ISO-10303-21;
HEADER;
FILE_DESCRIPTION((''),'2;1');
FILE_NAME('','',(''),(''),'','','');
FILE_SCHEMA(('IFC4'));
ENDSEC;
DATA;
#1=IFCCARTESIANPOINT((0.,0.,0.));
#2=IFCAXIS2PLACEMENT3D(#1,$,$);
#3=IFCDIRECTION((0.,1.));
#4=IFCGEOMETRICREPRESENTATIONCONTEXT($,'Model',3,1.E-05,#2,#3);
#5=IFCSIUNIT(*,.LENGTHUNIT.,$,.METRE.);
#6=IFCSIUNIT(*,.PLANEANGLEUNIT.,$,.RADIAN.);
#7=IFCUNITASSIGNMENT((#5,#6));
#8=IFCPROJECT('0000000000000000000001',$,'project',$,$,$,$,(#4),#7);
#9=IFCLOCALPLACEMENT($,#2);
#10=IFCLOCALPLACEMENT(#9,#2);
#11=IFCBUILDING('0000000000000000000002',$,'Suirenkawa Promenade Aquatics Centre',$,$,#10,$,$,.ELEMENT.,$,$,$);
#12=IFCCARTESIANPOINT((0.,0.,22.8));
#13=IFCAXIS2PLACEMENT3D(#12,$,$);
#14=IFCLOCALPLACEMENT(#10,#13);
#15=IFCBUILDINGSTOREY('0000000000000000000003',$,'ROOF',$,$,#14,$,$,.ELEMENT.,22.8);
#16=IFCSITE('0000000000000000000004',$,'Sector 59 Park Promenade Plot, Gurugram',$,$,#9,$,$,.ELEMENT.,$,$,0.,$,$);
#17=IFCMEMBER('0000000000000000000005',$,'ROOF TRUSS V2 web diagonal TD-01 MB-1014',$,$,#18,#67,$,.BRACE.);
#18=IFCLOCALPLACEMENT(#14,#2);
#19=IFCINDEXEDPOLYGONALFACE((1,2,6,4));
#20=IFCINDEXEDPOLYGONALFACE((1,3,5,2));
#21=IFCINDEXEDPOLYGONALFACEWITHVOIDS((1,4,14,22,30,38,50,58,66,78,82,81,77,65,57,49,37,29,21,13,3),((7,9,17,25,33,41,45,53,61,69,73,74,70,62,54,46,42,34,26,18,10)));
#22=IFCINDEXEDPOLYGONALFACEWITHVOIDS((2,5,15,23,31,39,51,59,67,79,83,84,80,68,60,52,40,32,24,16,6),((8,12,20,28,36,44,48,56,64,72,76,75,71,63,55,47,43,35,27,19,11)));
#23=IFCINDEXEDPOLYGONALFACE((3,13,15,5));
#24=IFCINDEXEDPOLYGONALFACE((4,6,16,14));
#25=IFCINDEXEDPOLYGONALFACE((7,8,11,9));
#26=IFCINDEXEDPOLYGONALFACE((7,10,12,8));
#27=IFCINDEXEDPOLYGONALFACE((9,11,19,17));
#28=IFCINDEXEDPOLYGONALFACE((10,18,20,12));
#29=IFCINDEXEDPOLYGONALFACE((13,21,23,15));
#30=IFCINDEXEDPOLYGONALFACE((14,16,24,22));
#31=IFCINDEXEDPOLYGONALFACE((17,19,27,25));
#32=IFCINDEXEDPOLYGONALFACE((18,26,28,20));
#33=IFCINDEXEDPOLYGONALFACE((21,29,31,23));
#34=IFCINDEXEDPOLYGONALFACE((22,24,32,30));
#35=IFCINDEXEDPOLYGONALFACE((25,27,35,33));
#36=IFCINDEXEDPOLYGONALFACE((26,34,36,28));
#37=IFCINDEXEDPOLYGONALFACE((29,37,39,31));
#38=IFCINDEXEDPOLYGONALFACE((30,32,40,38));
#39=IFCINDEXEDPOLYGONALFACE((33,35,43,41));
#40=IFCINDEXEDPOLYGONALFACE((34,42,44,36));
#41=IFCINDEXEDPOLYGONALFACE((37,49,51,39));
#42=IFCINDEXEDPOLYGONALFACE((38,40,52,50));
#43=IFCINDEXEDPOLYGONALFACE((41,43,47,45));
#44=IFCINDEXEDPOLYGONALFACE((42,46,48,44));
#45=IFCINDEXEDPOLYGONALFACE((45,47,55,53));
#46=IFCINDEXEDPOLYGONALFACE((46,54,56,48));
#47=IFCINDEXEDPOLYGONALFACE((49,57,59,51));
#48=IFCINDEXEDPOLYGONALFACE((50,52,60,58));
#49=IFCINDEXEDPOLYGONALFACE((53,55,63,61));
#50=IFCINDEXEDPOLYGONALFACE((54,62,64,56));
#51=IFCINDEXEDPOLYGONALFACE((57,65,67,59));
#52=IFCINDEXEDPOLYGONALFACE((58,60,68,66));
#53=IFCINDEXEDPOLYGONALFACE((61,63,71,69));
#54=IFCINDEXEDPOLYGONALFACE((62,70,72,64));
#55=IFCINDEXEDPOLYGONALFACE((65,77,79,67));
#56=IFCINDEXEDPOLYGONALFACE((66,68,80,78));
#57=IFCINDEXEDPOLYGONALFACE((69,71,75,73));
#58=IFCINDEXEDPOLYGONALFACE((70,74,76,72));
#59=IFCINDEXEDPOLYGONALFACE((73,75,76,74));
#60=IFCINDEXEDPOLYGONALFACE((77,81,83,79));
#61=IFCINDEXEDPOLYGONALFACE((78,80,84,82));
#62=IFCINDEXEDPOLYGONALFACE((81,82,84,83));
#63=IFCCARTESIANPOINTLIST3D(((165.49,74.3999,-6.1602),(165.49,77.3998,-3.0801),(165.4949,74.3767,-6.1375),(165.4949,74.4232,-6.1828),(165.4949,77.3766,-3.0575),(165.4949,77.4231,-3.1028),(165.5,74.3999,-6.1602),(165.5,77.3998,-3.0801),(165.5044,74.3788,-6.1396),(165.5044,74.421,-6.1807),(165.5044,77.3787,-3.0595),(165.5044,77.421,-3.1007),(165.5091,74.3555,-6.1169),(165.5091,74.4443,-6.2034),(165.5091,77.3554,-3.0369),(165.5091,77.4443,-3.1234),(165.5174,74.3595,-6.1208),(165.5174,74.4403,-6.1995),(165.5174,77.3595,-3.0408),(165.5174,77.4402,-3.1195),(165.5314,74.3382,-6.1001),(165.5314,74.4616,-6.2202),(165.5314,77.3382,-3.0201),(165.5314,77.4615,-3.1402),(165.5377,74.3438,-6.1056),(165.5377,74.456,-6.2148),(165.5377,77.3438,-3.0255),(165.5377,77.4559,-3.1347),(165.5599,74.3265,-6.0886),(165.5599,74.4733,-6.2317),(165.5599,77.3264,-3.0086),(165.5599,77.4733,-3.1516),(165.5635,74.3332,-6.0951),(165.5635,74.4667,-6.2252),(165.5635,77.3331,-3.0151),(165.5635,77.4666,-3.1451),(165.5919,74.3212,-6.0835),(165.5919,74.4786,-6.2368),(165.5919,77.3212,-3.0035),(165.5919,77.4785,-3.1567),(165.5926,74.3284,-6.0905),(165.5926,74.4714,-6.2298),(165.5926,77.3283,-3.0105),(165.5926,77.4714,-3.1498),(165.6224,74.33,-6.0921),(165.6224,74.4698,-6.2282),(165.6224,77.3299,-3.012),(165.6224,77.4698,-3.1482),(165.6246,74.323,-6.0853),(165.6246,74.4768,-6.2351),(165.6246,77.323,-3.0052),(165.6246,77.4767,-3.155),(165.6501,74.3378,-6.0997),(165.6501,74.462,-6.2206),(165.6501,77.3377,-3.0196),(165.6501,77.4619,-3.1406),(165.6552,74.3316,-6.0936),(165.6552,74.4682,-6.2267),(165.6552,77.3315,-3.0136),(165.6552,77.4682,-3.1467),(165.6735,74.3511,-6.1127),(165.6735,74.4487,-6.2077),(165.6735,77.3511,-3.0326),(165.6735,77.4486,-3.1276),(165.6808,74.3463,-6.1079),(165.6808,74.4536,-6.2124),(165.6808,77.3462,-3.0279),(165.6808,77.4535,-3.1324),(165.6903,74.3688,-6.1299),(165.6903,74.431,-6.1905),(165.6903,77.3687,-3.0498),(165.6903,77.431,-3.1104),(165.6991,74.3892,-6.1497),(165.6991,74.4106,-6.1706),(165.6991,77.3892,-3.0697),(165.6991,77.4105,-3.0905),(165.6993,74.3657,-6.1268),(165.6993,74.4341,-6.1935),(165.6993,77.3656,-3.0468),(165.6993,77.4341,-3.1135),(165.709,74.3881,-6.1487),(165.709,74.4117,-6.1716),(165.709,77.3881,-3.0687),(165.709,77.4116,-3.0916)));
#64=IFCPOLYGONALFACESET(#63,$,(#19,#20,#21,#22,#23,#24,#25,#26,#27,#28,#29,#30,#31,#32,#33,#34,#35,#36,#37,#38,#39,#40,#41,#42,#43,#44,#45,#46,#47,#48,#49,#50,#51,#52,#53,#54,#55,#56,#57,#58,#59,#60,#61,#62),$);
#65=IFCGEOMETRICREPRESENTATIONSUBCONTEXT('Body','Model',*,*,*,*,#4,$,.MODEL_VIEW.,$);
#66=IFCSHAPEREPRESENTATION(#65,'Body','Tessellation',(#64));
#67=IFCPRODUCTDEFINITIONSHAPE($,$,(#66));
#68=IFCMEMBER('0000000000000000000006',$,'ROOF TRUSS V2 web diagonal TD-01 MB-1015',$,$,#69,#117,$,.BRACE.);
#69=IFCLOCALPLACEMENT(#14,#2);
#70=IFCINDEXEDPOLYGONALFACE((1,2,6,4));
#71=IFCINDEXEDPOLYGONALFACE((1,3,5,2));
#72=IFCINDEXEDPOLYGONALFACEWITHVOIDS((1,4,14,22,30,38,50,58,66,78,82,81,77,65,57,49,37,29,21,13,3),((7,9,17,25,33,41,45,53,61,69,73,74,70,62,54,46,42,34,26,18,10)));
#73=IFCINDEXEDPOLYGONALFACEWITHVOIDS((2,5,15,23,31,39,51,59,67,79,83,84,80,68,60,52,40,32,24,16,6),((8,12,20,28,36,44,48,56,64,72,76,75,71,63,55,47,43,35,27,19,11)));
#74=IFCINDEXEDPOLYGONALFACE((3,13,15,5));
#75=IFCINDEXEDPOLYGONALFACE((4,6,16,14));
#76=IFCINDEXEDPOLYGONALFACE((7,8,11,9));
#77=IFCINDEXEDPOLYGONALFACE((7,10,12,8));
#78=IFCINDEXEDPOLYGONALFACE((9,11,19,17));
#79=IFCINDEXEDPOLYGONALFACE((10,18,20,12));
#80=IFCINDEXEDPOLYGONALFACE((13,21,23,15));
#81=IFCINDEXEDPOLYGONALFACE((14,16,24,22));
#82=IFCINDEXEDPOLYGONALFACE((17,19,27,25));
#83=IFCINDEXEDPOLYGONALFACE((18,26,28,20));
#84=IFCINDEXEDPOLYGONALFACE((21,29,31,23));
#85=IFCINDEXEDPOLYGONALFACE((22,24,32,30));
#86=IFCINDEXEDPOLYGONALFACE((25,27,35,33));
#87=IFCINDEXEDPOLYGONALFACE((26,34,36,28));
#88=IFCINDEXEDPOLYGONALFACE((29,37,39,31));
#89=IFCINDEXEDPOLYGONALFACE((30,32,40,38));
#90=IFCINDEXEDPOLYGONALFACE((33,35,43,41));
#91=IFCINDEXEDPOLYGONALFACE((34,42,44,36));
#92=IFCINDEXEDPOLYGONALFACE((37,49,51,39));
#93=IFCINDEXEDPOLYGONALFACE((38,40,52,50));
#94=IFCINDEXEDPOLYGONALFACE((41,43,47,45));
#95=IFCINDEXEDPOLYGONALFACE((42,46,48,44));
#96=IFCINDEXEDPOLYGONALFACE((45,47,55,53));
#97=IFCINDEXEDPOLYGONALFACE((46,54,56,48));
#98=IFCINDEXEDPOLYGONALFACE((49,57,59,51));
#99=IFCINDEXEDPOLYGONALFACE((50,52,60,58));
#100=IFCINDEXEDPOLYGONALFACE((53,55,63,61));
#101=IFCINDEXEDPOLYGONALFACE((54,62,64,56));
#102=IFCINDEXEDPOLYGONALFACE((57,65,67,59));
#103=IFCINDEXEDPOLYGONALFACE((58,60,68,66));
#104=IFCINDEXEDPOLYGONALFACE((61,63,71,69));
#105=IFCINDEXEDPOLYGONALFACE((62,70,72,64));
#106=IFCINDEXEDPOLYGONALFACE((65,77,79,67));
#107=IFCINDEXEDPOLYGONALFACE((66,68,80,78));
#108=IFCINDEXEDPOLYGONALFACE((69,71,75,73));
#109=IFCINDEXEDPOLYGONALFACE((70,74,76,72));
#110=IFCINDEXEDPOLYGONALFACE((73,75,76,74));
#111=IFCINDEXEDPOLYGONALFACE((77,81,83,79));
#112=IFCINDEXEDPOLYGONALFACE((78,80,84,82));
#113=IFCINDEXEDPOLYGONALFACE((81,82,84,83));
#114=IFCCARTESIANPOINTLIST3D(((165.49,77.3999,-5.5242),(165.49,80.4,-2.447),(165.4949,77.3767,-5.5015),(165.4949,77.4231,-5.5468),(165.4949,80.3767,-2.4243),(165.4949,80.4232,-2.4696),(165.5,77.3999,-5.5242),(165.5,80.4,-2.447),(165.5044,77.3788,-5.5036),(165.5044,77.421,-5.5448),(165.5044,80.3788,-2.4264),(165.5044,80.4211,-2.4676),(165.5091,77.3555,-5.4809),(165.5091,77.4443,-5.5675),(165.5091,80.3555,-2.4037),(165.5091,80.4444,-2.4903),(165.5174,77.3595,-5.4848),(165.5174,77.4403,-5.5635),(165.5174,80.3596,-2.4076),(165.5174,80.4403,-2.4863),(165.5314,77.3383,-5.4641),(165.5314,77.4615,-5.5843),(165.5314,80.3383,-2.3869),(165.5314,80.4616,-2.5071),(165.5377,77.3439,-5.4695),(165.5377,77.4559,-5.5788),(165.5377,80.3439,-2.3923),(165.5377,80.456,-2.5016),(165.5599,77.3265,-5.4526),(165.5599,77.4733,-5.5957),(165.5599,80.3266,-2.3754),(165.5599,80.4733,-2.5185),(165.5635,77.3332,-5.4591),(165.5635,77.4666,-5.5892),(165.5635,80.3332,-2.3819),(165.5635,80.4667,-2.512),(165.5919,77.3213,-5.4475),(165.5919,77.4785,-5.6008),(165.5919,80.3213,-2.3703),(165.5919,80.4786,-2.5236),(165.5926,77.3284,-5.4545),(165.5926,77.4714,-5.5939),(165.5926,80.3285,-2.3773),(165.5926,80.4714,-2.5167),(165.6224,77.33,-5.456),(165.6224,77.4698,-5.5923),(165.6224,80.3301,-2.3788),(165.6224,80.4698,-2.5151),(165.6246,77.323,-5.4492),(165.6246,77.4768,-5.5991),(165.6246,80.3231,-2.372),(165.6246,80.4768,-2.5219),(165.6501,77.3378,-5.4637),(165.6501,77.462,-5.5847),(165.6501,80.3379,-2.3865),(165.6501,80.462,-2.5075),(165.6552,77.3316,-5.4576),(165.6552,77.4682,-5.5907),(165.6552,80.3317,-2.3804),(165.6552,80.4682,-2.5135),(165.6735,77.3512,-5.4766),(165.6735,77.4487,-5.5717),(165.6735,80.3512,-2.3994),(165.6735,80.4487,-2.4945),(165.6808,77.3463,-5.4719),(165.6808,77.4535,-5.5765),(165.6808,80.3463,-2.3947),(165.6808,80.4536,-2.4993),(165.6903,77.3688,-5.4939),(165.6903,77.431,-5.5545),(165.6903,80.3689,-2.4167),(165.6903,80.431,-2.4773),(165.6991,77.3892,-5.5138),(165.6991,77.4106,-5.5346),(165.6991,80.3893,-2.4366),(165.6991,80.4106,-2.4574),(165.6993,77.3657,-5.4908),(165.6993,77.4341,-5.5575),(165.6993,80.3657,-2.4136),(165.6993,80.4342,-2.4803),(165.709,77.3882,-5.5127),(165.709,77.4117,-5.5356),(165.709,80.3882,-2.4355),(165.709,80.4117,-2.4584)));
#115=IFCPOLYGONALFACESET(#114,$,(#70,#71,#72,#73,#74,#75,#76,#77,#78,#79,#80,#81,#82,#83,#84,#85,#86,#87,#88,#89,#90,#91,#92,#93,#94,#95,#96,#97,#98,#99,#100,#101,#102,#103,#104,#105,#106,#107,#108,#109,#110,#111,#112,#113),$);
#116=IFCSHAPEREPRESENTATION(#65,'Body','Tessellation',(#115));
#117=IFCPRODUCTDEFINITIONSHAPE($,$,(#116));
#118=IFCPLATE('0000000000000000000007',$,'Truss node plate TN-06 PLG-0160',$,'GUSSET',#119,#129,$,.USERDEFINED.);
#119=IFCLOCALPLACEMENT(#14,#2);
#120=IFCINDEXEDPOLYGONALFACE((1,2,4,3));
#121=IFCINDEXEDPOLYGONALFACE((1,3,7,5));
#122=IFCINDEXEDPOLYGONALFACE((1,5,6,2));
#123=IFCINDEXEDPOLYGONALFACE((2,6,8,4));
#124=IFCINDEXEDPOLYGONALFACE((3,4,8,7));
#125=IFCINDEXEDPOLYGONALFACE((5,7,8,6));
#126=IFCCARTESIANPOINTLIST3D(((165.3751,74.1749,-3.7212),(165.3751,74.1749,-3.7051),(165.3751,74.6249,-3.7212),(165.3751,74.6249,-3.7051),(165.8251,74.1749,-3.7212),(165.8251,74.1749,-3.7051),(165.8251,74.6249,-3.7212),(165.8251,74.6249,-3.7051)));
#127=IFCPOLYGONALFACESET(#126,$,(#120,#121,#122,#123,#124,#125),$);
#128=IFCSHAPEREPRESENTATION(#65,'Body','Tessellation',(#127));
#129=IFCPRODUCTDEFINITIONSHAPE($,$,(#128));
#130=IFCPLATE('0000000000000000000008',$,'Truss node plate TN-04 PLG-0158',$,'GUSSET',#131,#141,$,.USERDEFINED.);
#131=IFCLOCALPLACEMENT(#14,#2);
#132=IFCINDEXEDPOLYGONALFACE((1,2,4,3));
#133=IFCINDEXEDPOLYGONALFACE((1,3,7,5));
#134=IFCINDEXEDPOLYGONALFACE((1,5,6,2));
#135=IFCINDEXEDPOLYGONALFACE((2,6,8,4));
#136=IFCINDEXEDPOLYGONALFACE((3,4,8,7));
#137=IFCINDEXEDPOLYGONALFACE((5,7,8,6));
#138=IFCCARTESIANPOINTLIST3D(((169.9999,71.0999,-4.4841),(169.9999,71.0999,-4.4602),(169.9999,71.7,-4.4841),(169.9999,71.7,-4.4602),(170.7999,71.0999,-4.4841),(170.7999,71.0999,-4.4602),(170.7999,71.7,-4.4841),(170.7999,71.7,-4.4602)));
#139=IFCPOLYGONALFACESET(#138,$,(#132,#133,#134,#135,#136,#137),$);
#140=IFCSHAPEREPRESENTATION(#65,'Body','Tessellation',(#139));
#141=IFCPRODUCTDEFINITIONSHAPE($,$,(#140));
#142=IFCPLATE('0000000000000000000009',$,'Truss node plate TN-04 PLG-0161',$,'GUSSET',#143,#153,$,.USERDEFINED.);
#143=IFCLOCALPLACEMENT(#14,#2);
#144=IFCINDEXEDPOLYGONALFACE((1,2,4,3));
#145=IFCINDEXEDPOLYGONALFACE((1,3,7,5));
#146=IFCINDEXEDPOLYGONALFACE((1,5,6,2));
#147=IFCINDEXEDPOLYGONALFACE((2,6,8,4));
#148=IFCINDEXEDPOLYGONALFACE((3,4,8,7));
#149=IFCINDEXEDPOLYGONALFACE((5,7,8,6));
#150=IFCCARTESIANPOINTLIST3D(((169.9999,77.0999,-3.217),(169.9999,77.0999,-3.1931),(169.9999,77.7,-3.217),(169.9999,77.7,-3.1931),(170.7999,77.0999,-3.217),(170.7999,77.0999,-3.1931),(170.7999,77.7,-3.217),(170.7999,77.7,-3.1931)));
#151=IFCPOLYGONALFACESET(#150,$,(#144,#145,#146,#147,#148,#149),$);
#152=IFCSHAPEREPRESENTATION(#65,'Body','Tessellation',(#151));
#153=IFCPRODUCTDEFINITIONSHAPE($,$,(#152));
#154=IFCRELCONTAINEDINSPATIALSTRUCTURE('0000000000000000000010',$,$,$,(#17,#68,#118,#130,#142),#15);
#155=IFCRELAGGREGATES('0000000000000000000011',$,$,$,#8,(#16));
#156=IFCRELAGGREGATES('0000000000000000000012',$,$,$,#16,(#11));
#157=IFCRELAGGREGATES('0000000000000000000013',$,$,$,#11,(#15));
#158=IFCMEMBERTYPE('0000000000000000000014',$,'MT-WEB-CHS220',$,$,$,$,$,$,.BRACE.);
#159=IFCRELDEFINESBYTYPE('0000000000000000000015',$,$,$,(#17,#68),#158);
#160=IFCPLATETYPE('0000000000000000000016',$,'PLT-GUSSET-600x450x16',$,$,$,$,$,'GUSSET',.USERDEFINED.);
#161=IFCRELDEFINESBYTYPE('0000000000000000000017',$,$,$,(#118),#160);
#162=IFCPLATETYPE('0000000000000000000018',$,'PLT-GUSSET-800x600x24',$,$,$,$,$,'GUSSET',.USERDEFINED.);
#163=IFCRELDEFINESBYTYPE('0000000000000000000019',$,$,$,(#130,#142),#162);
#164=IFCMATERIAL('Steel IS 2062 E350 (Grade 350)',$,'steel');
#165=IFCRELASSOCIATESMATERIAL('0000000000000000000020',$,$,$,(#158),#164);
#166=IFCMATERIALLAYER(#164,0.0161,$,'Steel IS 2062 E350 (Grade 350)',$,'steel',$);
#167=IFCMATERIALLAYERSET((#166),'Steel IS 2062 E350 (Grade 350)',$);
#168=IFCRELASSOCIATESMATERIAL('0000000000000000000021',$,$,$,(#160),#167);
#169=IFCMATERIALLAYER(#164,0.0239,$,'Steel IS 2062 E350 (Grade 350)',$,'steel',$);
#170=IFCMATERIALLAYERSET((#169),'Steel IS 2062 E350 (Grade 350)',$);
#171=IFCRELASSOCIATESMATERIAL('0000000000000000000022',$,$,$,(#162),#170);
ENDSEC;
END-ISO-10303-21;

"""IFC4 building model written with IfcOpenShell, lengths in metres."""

from ifc_helpers import new_model, si_unit, direction, frame, origin, origin_2d, place, context, subcontext, project, spatial, rectangle, hollow_circle, extrude, material, layer, layer_set, material_profile, profile_set, type_object, element, save


model = new_model("IFC4")

# Units and contexts
model_context = context("Model", 3, precision=1e-05, world=origin(), true_north=direction((0.0, 1.0)))
body_context = subcontext(model_context, "Body", "Model", "MODEL_VIEW")
ifc_project = project(units=[si_unit("LENGTHUNIT", "METRE"), si_unit("PLANEANGLEUNIT", "RADIAN")], contexts=[model_context])

# Site, building, storey
site_placement = place(None, origin())
site = spatial("IfcSite", under=ifc_project, at=site_placement, Name="Sector 59 Park Promenade Plot, Gurugram", CompositionType="ELEMENT", RefElevation=0.0)
building_placement = place(site_placement, origin())
building = spatial("IfcBuilding", under=site, at=building_placement, Name="Suirenkawa Promenade Aquatics Centre", CompositionType="ELEMENT")
storey_placement = place(building_placement, frame((0.0, 0.0, 22.8)))
storey = spatial("IfcBuildingStorey", under=building, at=storey_placement, Name="ROOF", CompositionType="ELEMENT", Elevation=22.8)

# Shared definitions
ifc_material = material(Name="Steel IS 2062 E350 (Grade 350)", Category="steel")

# Members
ifc_material_profile_1 = material_profile(ifc_material, hollow_circle(Radius=0.1101, WallThickness=0.01, at=origin_2d()), Name="CHS 220x10", Category="steel")
ifc_profile_set_1 = profile_set([ifc_material_profile_1], Name="Steel IS 2062 E350 (Grade 350)")
member_type_1 = type_object("IfcMemberType", Name="MT-WEB-CHS220", PredefinedType="BRACE", material=ifc_profile_set_1)
member_1_placement = place(storey_placement, frame((165.6001, 74.3999, -6.1602), z_axis=(0.0, 0.697733, 0.716358), x_axis=(-1.0, 0.0, 0.0)))
element("IfcMember", 1, at=member_1_placement, inside=storey, type_object=member_type_1, Name="ROOF TRUSS V2 web diagonal TD-01 MB-1014", PredefinedType="BRACE", context=body_context, shape_type="SweptSolid", body=[
    extrude(hollow_circle(Radius=0.1101, WallThickness=0.01, at=origin_2d()), origin(), (0.0, 0.0, 1.0), 4.2996),
])
member_2_placement = place(storey_placement, frame((165.6001, 77.3999, -5.5242), z_axis=(0.0, 0.698074, 0.716026), x_axis=(-1.0, 0.0, 0.0)))
element("IfcMember", 2, at=member_2_placement, inside=storey, type_object=member_type_1, Name="ROOF TRUSS V2 web diagonal TD-01 MB-1015", PredefinedType="BRACE", context=body_context, shape_type="SweptSolid", body=[
    extrude(hollow_circle(Radius=0.1101, WallThickness=0.01, at=origin_2d()), origin(), (0.0, 0.0, 1.0), 4.2976),
])

# Plates
ifc_layer_1 = layer(ifc_material, 0.0161, Name="Steel IS 2062 E350 (Grade 350)", Category="steel")
ifc_layer_set_1 = layer_set([ifc_layer_1], Name="Steel IS 2062 E350 (Grade 350)")
plate_type_1 = type_object("IfcPlateType", Name="PLT-GUSSET-600x450x16", ElementType="GUSSET", PredefinedType="USERDEFINED", material=ifc_layer_set_1)
plate_placement = place(storey_placement, frame((165.6001, 74.3999, -3.7212), z_axis=(0.0, 0.0, 1.0), x_axis=(1.0, 0.0, 0.0)))
element("IfcPlate", 3, at=plate_placement, inside=storey, type_object=plate_type_1, Name="Truss node plate TN-06 PLG-0160", ObjectType="GUSSET", PredefinedType="USERDEFINED", context=body_context, shape_type="SweptSolid", body=[
    extrude(rectangle(XDim=0.45, YDim=0.45, at=origin_2d()), origin(), (0.0, 0.0, 1.0), 0.0161),
])
ifc_layer_2 = layer(ifc_material, 0.0239, Name="Steel IS 2062 E350 (Grade 350)", Category="steel")
ifc_layer_set_2 = layer_set([ifc_layer_2], Name="Steel IS 2062 E350 (Grade 350)")
plate_type_2 = type_object("IfcPlateType", Name="PLT-GUSSET-800x600x24", ElementType="GUSSET", PredefinedType="USERDEFINED", material=ifc_layer_set_2)
for number, where, z_axis, x_axis, name in (
    (4, (170.3999, 71.3999, -4.4841), (0.0, 0.0, 1.0), (1.0, 0.0, 0.0), "Truss node plate TN-04 PLG-0158"),
    (5, (170.3999, 77.3999, -3.217), (0.0, 0.0, 1.0), (1.0, 0.0, 0.0), "Truss node plate TN-04 PLG-0161"),
):
    element("IfcPlate", number, at=place(storey_placement, frame(where, z_axis=z_axis, x_axis=x_axis)), inside=storey, type_object=plate_type_2, Name=name, ObjectType="GUSSET", PredefinedType="USERDEFINED", context=body_context, shape_type="SweptSolid", body=[
        extrude(rectangle(XDim=0.8, YDim=0.6001, at=origin_2d()), origin(), (0.0, 0.0, 1.0), 0.0239),
    ])

save(model, "model.ifc")
